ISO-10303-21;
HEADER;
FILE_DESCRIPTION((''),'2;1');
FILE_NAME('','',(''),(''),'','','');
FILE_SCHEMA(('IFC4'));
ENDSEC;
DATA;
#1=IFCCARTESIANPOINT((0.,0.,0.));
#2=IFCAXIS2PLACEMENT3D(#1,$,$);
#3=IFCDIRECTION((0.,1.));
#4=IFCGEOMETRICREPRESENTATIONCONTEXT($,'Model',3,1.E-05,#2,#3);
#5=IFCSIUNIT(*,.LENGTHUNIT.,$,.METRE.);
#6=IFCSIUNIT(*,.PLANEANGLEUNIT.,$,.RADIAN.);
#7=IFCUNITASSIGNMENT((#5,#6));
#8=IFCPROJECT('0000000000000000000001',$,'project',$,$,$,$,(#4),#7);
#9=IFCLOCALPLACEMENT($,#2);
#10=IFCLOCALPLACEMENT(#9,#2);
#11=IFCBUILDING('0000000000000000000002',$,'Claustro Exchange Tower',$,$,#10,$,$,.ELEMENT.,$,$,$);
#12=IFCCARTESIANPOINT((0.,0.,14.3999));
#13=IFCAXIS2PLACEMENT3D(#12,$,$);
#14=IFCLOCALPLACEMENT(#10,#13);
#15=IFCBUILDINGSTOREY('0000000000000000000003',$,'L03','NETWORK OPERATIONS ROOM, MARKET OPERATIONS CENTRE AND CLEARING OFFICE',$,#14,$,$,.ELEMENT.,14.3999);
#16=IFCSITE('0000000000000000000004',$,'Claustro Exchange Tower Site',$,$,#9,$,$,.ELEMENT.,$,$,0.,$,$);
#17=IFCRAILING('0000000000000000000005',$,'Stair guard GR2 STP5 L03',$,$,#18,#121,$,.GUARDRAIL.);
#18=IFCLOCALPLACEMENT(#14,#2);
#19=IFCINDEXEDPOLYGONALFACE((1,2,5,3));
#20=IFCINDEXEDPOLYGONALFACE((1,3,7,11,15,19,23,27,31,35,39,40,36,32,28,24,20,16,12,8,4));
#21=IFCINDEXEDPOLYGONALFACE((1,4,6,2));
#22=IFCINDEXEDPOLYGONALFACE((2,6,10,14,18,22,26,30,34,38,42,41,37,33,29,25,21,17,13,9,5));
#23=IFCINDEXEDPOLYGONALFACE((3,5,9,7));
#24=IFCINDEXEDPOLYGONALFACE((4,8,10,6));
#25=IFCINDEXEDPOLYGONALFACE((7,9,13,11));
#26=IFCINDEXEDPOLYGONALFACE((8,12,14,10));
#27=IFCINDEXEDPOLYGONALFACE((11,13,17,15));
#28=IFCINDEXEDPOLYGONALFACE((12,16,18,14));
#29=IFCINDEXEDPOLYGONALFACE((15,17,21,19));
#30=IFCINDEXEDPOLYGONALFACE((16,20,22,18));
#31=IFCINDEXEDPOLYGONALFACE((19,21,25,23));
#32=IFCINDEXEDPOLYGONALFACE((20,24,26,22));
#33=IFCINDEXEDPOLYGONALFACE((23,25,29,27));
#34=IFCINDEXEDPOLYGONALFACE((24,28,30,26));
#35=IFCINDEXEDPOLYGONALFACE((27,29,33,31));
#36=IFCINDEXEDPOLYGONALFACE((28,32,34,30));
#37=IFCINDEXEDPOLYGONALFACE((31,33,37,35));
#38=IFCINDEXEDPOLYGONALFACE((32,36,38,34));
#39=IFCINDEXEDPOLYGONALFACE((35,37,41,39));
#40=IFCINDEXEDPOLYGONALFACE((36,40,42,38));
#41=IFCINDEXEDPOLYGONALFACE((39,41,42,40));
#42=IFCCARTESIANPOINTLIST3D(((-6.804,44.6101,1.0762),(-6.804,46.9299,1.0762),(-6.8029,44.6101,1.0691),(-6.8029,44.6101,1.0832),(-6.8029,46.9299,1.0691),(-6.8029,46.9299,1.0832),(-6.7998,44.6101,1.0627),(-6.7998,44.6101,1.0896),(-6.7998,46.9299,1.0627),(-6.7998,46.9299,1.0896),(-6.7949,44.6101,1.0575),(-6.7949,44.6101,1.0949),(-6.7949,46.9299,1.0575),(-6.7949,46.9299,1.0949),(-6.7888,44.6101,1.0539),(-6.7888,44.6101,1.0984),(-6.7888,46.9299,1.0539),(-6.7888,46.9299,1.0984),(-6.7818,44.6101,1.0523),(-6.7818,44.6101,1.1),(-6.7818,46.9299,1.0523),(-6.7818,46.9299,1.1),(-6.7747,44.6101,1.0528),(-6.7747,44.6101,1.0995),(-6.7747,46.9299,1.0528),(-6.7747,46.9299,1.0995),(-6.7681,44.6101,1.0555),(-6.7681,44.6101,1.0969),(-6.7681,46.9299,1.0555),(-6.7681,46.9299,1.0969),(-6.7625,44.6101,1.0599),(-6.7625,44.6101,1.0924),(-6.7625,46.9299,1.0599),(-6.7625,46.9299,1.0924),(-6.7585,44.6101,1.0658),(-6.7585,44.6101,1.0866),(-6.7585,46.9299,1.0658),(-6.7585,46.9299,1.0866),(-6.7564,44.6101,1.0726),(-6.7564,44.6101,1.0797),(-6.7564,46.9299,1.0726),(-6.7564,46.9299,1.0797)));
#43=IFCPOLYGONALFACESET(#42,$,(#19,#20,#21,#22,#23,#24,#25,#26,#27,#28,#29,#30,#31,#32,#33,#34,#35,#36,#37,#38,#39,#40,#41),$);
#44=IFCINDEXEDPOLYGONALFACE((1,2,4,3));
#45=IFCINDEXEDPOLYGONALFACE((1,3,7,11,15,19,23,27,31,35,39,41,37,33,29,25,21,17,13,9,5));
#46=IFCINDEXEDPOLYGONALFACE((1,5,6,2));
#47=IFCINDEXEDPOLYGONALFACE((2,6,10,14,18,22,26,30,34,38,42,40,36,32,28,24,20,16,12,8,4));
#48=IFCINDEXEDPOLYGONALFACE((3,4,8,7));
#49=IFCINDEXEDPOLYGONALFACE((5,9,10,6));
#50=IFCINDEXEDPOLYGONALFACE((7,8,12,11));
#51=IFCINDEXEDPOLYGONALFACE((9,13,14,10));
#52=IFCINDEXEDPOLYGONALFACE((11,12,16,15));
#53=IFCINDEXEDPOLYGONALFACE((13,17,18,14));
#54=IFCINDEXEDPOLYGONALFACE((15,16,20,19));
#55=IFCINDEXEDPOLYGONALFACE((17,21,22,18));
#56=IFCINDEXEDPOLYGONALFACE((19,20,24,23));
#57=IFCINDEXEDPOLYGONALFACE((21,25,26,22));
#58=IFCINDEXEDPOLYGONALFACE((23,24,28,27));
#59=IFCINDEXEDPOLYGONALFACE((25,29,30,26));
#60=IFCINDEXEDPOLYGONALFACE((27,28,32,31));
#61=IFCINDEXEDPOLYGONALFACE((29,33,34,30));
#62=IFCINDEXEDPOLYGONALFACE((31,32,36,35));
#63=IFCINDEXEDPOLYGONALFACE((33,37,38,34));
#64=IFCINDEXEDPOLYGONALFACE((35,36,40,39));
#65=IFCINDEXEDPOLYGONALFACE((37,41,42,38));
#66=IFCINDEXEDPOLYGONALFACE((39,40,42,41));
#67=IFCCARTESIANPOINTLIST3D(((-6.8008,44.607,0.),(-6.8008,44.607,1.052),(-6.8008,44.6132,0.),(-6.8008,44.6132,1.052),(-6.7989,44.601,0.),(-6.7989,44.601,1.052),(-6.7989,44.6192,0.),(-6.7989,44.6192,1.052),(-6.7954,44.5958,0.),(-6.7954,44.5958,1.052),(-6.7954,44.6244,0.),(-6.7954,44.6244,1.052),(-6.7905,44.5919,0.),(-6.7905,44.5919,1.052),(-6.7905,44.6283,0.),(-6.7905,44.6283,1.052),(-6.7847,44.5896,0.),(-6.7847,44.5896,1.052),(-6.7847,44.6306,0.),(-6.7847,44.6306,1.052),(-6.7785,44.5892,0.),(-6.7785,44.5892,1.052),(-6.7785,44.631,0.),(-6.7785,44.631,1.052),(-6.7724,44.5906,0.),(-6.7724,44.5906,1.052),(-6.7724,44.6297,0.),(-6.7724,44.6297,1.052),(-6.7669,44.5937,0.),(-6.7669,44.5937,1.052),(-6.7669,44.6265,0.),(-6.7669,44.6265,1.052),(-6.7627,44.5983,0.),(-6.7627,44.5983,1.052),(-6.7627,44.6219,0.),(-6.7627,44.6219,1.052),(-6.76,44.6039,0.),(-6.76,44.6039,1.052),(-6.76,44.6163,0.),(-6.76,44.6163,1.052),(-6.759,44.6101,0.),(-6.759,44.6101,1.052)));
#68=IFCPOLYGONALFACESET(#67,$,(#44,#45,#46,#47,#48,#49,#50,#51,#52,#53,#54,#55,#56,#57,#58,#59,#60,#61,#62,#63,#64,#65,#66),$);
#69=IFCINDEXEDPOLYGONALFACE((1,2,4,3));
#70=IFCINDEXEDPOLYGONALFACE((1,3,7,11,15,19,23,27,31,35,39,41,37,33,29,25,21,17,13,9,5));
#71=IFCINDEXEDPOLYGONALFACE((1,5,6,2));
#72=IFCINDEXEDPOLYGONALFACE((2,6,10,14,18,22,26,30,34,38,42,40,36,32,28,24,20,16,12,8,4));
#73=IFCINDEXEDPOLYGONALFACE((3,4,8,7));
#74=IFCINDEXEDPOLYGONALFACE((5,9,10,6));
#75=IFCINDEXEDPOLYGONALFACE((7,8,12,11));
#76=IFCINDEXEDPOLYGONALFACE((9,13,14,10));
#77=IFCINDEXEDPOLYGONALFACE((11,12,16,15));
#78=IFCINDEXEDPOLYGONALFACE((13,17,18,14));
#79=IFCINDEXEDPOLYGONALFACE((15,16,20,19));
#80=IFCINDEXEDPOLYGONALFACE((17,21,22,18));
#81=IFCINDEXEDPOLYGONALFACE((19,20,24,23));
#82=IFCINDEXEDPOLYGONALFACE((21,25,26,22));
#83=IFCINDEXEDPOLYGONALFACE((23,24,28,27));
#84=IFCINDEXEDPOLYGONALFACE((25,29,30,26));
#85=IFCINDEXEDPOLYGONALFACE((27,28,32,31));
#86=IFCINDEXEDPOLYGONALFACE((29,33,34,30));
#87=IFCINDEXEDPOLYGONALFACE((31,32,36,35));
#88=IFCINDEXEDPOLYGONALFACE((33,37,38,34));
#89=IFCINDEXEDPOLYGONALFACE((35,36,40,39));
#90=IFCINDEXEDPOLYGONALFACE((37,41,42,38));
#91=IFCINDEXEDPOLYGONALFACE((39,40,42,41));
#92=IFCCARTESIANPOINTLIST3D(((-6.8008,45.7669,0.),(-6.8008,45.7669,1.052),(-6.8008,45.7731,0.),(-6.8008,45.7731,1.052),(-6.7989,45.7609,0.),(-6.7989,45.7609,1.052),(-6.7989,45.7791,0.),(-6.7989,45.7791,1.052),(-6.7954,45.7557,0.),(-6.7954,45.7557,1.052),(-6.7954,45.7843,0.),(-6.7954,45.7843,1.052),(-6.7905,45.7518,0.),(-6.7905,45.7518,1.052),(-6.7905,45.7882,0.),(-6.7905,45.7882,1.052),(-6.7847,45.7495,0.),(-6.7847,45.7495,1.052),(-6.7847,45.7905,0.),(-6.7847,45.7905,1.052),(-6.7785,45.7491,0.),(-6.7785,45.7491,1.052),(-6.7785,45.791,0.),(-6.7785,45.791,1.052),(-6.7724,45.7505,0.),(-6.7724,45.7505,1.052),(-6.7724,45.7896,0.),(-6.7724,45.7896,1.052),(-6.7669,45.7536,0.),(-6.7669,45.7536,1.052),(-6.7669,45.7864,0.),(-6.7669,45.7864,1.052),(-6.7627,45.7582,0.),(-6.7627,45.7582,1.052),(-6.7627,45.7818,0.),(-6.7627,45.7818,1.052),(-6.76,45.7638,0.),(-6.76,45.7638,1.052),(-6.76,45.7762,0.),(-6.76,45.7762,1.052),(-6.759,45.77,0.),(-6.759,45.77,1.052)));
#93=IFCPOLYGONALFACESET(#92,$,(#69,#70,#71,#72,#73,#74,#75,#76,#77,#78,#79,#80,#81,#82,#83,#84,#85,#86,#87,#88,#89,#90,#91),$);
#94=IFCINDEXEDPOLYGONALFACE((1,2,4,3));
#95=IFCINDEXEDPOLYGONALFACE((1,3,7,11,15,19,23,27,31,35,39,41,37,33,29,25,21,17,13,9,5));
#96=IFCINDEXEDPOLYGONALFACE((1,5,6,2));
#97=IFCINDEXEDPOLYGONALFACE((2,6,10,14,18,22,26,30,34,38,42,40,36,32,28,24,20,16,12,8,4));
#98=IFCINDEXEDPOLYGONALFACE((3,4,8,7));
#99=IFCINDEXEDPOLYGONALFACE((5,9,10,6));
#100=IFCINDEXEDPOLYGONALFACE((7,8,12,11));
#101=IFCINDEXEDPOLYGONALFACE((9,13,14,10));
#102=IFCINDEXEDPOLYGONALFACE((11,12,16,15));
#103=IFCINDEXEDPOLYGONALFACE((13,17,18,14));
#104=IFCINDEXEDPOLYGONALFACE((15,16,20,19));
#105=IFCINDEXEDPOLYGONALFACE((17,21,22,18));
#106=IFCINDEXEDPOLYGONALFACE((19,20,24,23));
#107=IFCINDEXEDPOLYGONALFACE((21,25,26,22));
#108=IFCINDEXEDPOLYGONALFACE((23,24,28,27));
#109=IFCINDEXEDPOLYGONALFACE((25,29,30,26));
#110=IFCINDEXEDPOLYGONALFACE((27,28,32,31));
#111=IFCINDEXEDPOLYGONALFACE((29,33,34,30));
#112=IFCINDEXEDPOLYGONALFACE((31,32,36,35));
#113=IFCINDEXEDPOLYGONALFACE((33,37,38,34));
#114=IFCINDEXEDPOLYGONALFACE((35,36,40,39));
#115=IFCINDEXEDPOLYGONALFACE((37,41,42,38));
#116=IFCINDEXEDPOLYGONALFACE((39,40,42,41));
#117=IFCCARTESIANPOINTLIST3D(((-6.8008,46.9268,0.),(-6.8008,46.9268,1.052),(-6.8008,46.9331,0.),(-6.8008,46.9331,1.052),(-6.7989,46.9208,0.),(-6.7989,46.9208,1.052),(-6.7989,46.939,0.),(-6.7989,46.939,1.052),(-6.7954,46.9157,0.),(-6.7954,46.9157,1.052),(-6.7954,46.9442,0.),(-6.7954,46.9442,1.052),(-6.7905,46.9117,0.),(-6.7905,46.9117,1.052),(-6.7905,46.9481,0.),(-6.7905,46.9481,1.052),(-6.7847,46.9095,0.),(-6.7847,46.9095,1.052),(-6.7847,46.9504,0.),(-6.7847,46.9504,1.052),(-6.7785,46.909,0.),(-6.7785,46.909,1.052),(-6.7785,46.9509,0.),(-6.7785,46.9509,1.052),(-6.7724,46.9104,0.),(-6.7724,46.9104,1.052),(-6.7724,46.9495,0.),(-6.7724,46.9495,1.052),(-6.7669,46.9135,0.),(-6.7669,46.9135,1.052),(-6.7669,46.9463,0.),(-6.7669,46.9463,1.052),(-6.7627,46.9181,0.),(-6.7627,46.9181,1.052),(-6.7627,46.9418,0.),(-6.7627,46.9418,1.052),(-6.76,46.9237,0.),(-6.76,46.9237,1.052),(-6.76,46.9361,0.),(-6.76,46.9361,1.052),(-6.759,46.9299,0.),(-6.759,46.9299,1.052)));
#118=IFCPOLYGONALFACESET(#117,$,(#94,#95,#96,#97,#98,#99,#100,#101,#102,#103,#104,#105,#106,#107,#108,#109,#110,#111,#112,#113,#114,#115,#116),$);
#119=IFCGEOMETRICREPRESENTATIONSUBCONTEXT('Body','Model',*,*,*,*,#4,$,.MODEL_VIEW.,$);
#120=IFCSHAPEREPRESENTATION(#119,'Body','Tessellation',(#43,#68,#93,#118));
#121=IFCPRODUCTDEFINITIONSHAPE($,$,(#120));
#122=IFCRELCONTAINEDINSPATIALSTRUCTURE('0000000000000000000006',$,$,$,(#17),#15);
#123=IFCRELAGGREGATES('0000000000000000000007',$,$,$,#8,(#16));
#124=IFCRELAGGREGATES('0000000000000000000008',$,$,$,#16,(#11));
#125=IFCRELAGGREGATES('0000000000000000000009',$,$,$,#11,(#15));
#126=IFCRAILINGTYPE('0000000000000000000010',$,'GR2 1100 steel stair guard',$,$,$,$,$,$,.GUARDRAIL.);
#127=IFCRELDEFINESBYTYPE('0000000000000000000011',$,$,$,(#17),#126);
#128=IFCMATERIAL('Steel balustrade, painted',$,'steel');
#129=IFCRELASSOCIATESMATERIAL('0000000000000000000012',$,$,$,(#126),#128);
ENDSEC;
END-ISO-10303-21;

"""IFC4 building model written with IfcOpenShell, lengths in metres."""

from ifc_helpers import new_model, si_unit, direction, frame, origin, origin_2d, place, context, subcontext, project, spatial, circle, extrude, material, type_object, element, save


model = new_model("IFC4")

# Units and contexts
model_context = context("Model", 3, precision=1e-05, world=origin(), true_north=direction((0.0, 1.0)))
body_context = subcontext(model_context, "Body", "Model", "MODEL_VIEW")
ifc_project = project(units=[si_unit("LENGTHUNIT", "METRE"), si_unit("PLANEANGLEUNIT", "RADIAN")], contexts=[model_context])

# Site, building, storey
site_placement = place(None, origin())
site = spatial("IfcSite", under=ifc_project, at=site_placement, Name="Claustro Exchange Tower Site", CompositionType="ELEMENT", RefElevation=0.0)
building_placement = place(site_placement, origin())
building = spatial("IfcBuilding", under=site, at=building_placement, Name="Claustro Exchange Tower", CompositionType="ELEMENT")
storey_placement = place(building_placement, frame((0.0, 0.0, 14.3999)))
storey = spatial("IfcBuildingStorey", under=building, at=storey_placement, Name="L03", Description="NETWORK OPERATIONS ROOM, MARKET OPERATIONS CENTRE AND CLEARING OFFICE", CompositionType="ELEMENT", Elevation=14.3999)

# Railing
ifc_material_1 = material(Name="Steel balustrade, painted", Category="steel")
railing_type = type_object("IfcRailingType", Name="GR2 1100 steel stair guard", PredefinedType="GUARDRAIL", material=ifc_material_1)
railing_placement = place(storey_placement, frame((-6.78, 44.6101, 0.0)))
element("IfcRailing", 1, at=railing_placement, inside=storey, type_object=railing_type, Name="Stair guard GR2 STP5 L03", PredefinedType="GUARDRAIL", context=body_context, shape_type="SweptSolid", body=[
    extrude(circle(Radius=0.0239, at=origin_2d()), frame((0.0, 0.0, 1.0762), z_axis=(0.0, 1.0, 0.0), x_axis=(-1.0, 0.0, 0.0)), (0.0, 0.0, 1.0), 2.3198),
    extrude(circle(Radius=0.021, at=origin_2d()), origin(), (0.0, 0.0, 1.0), 1.052),
    extrude(circle(Radius=0.021, at=origin_2d()), frame((0.0, 1.1599, 0.0)), (0.0, 0.0, 1.0), 1.052),
    extrude(circle(Radius=0.021, at=origin_2d()), frame((0.0, 2.3198, 0.0)), (0.0, 0.0, 1.0), 1.052),
])

save(model, "model.ifc")
